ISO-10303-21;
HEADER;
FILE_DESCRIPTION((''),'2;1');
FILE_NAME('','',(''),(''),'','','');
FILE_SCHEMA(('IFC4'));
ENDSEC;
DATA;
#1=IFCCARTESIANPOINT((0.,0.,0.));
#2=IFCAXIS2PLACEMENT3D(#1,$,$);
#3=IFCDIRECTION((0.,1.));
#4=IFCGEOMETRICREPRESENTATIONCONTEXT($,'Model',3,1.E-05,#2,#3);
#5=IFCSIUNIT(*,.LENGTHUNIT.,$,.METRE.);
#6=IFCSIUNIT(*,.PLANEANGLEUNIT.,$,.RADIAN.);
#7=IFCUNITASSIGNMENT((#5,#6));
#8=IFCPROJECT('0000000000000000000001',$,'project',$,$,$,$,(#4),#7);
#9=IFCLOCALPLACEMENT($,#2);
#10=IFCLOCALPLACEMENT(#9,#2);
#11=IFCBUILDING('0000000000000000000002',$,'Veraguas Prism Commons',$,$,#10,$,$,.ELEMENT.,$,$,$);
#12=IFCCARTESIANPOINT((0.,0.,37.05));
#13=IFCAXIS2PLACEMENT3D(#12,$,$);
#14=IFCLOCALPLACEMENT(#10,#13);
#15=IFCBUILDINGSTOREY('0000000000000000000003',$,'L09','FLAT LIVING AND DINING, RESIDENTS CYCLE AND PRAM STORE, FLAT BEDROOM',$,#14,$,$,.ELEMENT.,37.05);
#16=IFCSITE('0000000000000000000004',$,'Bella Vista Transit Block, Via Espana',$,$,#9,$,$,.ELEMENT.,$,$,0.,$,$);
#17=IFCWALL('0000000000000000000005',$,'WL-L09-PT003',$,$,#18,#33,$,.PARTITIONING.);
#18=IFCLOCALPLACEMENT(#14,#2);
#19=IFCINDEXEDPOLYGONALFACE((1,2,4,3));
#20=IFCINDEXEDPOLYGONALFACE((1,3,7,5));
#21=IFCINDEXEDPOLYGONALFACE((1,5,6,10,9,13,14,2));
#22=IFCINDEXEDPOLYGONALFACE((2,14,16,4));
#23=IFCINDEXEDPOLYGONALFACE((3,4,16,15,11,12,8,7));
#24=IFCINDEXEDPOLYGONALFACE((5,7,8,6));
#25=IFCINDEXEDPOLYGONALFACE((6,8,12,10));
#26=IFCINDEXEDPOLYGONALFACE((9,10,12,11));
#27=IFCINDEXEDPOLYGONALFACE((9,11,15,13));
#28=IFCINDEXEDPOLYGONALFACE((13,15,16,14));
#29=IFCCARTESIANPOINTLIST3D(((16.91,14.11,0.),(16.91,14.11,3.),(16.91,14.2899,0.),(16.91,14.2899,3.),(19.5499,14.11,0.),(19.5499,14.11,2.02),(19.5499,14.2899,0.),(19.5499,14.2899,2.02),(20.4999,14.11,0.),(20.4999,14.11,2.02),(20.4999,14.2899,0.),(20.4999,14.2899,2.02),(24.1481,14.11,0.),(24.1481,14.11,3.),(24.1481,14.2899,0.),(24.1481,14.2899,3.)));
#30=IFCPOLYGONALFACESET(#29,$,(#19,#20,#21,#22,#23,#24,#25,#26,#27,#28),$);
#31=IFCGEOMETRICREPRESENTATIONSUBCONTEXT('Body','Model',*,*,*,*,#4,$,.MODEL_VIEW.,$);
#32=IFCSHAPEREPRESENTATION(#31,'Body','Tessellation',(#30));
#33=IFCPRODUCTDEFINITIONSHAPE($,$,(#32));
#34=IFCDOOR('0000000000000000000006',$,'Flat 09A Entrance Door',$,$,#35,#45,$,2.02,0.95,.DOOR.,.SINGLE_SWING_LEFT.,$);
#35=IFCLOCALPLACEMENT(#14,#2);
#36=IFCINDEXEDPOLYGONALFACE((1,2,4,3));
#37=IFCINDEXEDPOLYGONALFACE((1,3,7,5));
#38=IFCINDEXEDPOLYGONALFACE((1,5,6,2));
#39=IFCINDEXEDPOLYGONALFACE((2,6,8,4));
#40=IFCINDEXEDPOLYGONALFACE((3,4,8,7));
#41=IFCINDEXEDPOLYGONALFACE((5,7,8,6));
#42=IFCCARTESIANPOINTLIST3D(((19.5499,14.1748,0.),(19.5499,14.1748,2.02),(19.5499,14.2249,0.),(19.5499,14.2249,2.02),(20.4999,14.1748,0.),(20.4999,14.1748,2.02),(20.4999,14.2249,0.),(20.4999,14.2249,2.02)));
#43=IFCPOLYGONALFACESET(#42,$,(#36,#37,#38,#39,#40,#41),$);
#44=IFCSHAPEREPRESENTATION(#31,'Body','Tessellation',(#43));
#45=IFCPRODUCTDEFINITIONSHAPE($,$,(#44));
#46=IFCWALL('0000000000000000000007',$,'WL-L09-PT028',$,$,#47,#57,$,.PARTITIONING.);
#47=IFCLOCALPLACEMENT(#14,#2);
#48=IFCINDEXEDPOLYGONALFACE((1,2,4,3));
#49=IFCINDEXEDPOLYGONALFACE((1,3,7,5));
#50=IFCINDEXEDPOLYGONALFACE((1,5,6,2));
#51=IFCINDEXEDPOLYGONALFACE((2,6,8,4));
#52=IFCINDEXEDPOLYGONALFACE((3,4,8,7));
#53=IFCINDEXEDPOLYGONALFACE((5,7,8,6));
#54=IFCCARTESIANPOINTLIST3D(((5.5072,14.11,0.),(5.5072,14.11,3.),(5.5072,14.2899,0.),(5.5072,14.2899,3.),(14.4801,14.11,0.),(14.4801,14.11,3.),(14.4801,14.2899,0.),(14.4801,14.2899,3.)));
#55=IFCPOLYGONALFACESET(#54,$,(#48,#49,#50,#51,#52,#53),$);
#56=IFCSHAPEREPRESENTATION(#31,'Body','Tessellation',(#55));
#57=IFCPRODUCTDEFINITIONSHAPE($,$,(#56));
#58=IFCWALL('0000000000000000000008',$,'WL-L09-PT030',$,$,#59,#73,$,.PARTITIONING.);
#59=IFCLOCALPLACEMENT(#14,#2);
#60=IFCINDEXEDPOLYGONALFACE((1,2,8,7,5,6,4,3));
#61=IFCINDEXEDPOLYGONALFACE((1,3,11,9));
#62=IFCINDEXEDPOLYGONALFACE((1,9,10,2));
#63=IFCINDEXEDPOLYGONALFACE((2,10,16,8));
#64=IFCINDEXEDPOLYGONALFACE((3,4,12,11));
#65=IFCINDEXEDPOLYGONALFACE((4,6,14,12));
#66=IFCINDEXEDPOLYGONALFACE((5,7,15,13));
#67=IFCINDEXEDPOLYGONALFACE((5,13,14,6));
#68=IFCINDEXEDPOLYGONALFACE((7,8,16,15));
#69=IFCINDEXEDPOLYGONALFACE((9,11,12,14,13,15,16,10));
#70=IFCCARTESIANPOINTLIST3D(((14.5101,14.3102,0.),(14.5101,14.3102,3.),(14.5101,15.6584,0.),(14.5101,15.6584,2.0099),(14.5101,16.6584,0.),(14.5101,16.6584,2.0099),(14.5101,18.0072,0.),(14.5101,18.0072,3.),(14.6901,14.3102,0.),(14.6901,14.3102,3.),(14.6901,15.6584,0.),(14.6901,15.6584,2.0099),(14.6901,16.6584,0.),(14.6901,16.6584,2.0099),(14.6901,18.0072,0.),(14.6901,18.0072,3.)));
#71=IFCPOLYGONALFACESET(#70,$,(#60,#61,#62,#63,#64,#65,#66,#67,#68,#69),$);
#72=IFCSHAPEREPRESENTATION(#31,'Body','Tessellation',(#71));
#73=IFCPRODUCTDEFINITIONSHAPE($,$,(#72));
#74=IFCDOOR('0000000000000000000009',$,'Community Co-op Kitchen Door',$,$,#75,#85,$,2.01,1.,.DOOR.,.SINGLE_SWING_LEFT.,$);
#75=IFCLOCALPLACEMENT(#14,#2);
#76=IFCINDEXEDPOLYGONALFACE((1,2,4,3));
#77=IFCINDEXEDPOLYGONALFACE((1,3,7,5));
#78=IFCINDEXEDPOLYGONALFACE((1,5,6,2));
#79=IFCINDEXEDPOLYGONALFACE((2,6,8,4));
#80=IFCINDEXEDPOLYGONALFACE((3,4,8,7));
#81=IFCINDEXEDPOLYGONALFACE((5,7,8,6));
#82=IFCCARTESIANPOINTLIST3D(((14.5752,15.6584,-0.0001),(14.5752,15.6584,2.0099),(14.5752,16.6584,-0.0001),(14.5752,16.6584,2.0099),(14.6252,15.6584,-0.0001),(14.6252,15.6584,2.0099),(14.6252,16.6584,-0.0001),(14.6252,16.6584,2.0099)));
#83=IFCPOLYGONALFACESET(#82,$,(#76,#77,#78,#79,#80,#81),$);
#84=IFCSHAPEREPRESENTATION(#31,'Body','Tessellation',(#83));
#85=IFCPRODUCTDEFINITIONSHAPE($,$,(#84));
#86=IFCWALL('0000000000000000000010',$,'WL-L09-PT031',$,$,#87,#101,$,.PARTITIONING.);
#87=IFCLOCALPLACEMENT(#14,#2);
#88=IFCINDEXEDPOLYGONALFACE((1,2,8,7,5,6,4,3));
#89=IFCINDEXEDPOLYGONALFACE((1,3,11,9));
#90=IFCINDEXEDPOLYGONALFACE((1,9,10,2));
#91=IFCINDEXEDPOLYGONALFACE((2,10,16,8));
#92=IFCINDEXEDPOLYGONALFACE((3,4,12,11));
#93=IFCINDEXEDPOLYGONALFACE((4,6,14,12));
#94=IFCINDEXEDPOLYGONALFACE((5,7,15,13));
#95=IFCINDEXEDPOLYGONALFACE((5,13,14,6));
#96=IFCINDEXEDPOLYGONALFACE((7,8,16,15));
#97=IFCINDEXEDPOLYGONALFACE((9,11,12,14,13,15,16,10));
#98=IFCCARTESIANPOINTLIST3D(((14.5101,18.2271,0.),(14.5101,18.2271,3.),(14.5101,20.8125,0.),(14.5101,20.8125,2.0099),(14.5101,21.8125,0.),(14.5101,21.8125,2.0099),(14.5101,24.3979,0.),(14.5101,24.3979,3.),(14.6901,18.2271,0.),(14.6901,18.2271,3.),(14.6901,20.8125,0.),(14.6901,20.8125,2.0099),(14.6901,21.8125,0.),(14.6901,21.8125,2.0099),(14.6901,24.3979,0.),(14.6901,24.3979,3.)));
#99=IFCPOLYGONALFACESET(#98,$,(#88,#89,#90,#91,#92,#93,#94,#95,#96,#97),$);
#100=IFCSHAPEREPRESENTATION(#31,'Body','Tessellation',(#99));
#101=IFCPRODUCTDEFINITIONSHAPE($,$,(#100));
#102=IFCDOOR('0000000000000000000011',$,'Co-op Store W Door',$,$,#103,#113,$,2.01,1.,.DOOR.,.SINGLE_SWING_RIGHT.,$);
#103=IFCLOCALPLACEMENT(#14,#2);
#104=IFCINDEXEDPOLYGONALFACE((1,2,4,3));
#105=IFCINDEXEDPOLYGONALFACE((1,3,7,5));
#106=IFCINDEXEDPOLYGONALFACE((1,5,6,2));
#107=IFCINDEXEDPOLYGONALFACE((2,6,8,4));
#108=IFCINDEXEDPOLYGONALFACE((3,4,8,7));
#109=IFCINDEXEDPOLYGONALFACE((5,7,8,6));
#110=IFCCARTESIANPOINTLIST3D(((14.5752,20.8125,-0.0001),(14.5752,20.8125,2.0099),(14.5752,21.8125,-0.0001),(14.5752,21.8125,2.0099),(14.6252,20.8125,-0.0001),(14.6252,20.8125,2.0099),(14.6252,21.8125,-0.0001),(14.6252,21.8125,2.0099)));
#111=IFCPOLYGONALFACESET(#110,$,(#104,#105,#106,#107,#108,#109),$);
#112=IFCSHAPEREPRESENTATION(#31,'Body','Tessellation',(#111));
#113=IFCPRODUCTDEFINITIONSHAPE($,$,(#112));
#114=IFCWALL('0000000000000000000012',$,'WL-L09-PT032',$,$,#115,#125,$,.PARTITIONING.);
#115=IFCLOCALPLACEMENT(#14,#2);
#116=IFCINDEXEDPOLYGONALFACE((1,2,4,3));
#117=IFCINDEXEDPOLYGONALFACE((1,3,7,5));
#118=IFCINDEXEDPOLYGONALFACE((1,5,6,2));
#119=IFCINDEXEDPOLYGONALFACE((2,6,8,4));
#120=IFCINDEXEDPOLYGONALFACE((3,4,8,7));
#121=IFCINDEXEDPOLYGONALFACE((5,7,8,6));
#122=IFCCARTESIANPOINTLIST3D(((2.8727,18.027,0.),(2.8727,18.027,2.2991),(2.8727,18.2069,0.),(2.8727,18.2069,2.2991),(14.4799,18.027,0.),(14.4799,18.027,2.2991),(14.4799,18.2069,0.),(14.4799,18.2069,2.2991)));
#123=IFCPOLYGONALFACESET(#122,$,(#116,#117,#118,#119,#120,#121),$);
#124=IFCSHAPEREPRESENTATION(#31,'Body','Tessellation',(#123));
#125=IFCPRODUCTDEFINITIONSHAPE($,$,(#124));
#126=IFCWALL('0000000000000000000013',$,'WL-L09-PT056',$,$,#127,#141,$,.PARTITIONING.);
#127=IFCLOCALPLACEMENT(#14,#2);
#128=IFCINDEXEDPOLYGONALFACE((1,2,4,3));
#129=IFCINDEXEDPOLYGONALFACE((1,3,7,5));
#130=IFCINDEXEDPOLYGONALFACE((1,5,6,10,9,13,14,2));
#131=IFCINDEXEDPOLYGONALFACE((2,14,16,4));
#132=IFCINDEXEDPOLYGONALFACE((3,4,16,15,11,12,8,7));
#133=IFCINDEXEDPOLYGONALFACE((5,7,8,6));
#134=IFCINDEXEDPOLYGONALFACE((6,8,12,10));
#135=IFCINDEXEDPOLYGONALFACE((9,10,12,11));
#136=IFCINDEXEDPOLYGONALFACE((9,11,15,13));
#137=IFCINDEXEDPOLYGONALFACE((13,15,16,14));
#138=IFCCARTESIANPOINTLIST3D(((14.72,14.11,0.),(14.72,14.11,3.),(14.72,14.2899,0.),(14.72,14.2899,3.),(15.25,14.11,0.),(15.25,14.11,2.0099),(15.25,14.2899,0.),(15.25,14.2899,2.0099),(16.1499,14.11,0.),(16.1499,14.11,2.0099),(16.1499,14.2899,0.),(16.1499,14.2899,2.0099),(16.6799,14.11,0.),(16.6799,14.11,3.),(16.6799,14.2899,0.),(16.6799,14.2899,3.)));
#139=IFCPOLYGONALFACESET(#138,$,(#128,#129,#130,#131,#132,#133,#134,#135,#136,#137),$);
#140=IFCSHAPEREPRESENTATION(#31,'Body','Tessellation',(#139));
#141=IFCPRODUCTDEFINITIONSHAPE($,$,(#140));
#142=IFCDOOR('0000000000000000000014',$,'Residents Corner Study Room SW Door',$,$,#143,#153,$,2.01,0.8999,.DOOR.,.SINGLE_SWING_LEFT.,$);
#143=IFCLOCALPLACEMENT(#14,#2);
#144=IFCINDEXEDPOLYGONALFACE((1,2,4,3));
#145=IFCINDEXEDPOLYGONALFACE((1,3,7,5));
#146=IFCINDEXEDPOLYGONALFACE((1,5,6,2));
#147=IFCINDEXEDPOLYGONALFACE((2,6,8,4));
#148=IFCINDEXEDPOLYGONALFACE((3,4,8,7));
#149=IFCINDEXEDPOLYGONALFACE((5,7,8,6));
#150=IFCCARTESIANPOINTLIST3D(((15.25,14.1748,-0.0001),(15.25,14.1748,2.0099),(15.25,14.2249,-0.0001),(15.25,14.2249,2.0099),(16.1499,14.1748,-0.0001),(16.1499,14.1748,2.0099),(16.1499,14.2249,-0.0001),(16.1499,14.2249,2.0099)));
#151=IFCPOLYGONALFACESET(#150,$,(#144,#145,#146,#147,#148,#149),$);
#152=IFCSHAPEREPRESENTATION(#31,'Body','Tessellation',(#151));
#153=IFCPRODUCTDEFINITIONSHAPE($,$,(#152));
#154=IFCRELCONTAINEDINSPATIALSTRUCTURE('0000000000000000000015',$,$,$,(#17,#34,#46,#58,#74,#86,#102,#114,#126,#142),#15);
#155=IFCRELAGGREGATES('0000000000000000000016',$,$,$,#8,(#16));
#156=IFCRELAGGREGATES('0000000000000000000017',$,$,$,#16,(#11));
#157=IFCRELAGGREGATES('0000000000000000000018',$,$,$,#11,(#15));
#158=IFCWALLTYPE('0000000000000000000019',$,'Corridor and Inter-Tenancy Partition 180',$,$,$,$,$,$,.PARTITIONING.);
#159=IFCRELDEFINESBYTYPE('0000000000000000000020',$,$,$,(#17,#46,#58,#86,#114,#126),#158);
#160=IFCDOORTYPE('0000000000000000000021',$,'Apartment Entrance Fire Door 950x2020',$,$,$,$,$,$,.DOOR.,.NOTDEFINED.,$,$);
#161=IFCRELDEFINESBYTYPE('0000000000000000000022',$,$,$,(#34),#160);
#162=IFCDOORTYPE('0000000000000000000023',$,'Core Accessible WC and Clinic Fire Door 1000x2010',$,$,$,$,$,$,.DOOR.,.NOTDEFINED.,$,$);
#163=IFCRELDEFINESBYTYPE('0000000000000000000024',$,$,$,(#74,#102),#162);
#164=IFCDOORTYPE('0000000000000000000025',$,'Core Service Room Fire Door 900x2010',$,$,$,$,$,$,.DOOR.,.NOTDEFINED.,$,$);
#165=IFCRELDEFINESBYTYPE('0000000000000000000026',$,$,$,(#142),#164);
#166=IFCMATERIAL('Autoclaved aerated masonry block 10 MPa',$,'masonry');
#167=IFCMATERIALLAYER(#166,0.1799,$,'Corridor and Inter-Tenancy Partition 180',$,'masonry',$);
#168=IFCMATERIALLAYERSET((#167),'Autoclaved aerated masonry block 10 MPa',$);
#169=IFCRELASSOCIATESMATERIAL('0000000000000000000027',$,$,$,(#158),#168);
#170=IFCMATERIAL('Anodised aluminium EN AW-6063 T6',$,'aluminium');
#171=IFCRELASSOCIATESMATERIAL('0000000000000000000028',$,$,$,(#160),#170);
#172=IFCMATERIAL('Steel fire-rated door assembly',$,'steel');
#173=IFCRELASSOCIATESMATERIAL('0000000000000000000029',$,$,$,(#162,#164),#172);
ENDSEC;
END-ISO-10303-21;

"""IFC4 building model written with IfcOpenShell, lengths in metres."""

from ifc_helpers import new_model, si_unit, direction, frame, frame_2d, origin, place, context, subcontext, project, spatial, rectangle, extrude, source, transform, mapped, material, layer, layer_set, type_object, element, fill, save


model = new_model("IFC4")

# Units and contexts
model_context = context("Model", 3, precision=1e-05, world=origin(), true_north=direction((0.0, 1.0)))
body_context = subcontext(model_context, "Body", "Model", "MODEL_VIEW")
ifc_project = project(units=[si_unit("LENGTHUNIT", "METRE"), si_unit("PLANEANGLEUNIT", "RADIAN")], contexts=[model_context])

# Site, building, storey
site_placement = place(None, origin())
site = spatial("IfcSite", under=ifc_project, at=site_placement, Name="Bella Vista Transit Block, Via Espana", CompositionType="ELEMENT", RefElevation=0.0)
building_placement = place(site_placement, origin())
building = spatial("IfcBuilding", under=site, at=building_placement, Name="Veraguas Prism Commons", CompositionType="ELEMENT")
storey_placement = place(building_placement, frame((0.0, 0.0, 37.05)))
storey = spatial("IfcBuildingStorey", under=building, at=storey_placement, Name="L09", Description="FLAT LIVING AND DINING, RESIDENTS CYCLE AND PRAM STORE, FLAT BEDROOM", CompositionType="ELEMENT", Elevation=37.05)

# Shared definitions
ifc_material_1 = material(Name="Steel fire-rated door assembly", Category="steel")

# Wall, opening, door
ifc_material_2 = material(Name="Autoclaved aerated masonry block 10 MPa", Category="masonry")
ifc_layer_1 = layer(ifc_material_2, 0.1799, Name="Corridor and Inter-Tenancy Partition 180", Category="masonry")
ifc_layer_set_1 = layer_set([ifc_layer_1], Name="Autoclaved aerated masonry block 10 MPa")
wall_type_1 = type_object("IfcWallType", Name="Corridor and Inter-Tenancy Partition 180", PredefinedType="PARTITIONING", material=ifc_layer_set_1)
wall_1_placement = place(storey_placement, frame((16.9099, 14.2, 0.0), z_axis=(0.0, 0.0, 1.0), x_axis=(1.0, 0.0, 0.0)))
wall_1 = element("IfcWall", 1, at=wall_1_placement, inside=storey, type_object=wall_type_1, Name="WL-L09-PT003", PredefinedType="PARTITIONING", context=body_context, shape_type="SweptSolid", body=[
    extrude(rectangle(XDim=7.238, YDim=0.1799, at=frame_2d((3.6191, 0.0))), origin(), (0.0, 0.0, 1.0), 3.0),
])
opening_1_placement = place(wall_1_placement, frame((2.6399, 0.0, 0.0)))
opening_1 = element("IfcOpeningElement", 2, at=opening_1_placement, cuts=wall_1, PredefinedType="OPENING", context=body_context, shape_type="SweptSolid", body=[
    extrude(rectangle(XDim=0.95, YDim=2.02, at=frame_2d((0.4751, 1.01))), frame((0.0, 0.0999, 0.0), z_axis=(0.0, -1.0, 0.0), x_axis=(1.0, 0.0, 0.0)), (0.0, 0.0, 1.0), 0.2),
])
ifc_material_3 = material(Name="Anodised aluminium EN AW-6063 T6", Category="aluminium")
door_type_1 = type_object("IfcDoorType", Name="Apartment Entrance Fire Door 950x2020", OperationType="NOTDEFINED", PredefinedType="DOOR", material=ifc_material_3)
shared_shape_1 = source(origin(), body_context, "Body", "SweptSolid", [
    extrude(rectangle(XDim=0.95, YDim=2.02, at=frame_2d((0.4751, 1.01))), frame((0.0, 0.0249, 0.0), z_axis=(0.0, -1.0, 0.0), x_axis=(1.0, 0.0, 0.0)), (0.0, 0.0, 1.0), 0.05),
])
door_1_placement = place(opening_1_placement, origin())
door_1 = element("IfcDoor", 3, at=door_1_placement, inside=storey, type_object=door_type_1, Name="Flat 09A Entrance Door", OperationType="SINGLE_SWING_LEFT", OverallHeight=2.02, OverallWidth=0.95, PredefinedType="DOOR", context=body_context, shape_type="MappedRepresentation", body=[
    mapped(shared_shape_1, transform((0.0, 0.0, 0.0), scale=1.0)),
])
fill(opening_1, door_1)

# Wall
wall_2_placement = place(storey_placement, frame((14.48, 14.2, 0.0), z_axis=(0.0, 0.0, 1.0), x_axis=(-1.0, 0.0, 0.0)))
element("IfcWall", 4, at=wall_2_placement, inside=storey, type_object=wall_type_1, Name="WL-L09-PT028", PredefinedType="PARTITIONING", context=body_context, shape_type="SweptSolid", body=[
    extrude(rectangle(XDim=8.9729, YDim=0.1799, at=frame_2d((4.4863, 0.0))), origin(), (0.0, 0.0, 1.0), 3.0),
])

# Walls, openings, doors
wall_3_placement = place(storey_placement, frame((14.6001, 14.3101, 0.0), z_axis=(0.0, 0.0, 1.0), x_axis=(0.0, 1.0, 0.0)))
wall_3 = element("IfcWall", 5, at=wall_3_placement, inside=storey, type_object=wall_type_1, Name="WL-L09-PT030", PredefinedType="PARTITIONING", context=body_context, shape_type="SweptSolid", body=[
    extrude(rectangle(XDim=3.697, YDim=0.1799, at=frame_2d((1.8486, 0.0))), origin(), (0.0, 0.0, 1.0), 3.0),
])
opening_2_placement = place(wall_3_placement, frame((1.3484, 0.0, 0.0)))
opening_2 = element("IfcOpeningElement", 6, at=opening_2_placement, cuts=wall_3, PredefinedType="OPENING", context=body_context, shape_type="SweptSolid", body=[
    extrude(rectangle(XDim=1.0, YDim=2.01, at=frame_2d((0.5, 1.0049))), frame((0.0, 0.0999, 0.0), z_axis=(0.0, -1.0, 0.0), x_axis=(1.0, 0.0, 0.0)), (0.0, 0.0, 1.0), 0.2),
])
door_type_2 = type_object("IfcDoorType", Name="Core Accessible WC and Clinic Fire Door 1000x2010", OperationType="NOTDEFINED", PredefinedType="DOOR", material=ifc_material_1)
shared_shape_2 = source(origin(), body_context, "Body", "SweptSolid", [
    extrude(rectangle(XDim=1.0, YDim=2.01, at=frame_2d((0.5, 1.0049))), frame((0.0, 0.0249, 0.0), z_axis=(0.0, -1.0, 0.0), x_axis=(1.0, 0.0, 0.0)), (0.0, 0.0, 1.0), 0.05),
])
door_2_placement = place(opening_2_placement, origin())
door_2 = element("IfcDoor", 7, at=door_2_placement, inside=storey, type_object=door_type_2, Name="Community Co-op Kitchen Door", OperationType="SINGLE_SWING_LEFT", OverallHeight=2.01, OverallWidth=1.0, PredefinedType="DOOR", context=body_context, shape_type="MappedRepresentation", body=[
    mapped(shared_shape_2, transform((0.0, 0.0, 0.0), scale=1.0)),
])
fill(opening_2, door_2)
wall_4_placement = place(storey_placement, frame((14.6001, 18.2271, 0.0), z_axis=(0.0, 0.0, 1.0), x_axis=(0.0, 1.0, 0.0)))
wall_4 = element("IfcWall", 8, at=wall_4_placement, inside=storey, type_object=wall_type_1, Name="WL-L09-PT031", PredefinedType="PARTITIONING", context=body_context, shape_type="SweptSolid", body=[
    extrude(rectangle(XDim=6.1709, YDim=0.1799, at=frame_2d((3.0854, 0.0))), origin(), (0.0, 0.0, 1.0), 3.0),
])
opening_3_placement = place(wall_4_placement, frame((2.5854, 0.0, 0.0)))
opening_3 = element("IfcOpeningElement", 9, at=opening_3_placement, cuts=wall_4, PredefinedType="OPENING", context=body_context, shape_type="SweptSolid", body=[
    extrude(rectangle(XDim=1.0, YDim=2.01, at=frame_2d((0.5, 1.0049))), frame((0.0, 0.0999, 0.0), z_axis=(0.0, -1.0, 0.0), x_axis=(1.0, 0.0, 0.0)), (0.0, 0.0, 1.0), 0.2),
])
door_3_placement = place(opening_3_placement, origin())
door_3 = element("IfcDoor", 10, at=door_3_placement, inside=storey, type_object=door_type_2, Name="Co-op Store W Door", OperationType="SINGLE_SWING_RIGHT", OverallHeight=2.01, OverallWidth=1.0, PredefinedType="DOOR", context=body_context, shape_type="MappedRepresentation", body=[
    mapped(shared_shape_2, transform((0.0, 0.0, 0.0), scale=1.0)),
])
fill(opening_3, door_3)

# Wall
wall_5_placement = place(storey_placement, frame((14.48, 18.1169, 0.0), z_axis=(0.0, 0.0, 1.0), x_axis=(-1.0, 0.0, 0.0)))
element("IfcWall", 11, at=wall_5_placement, inside=storey, type_object=wall_type_1, Name="WL-L09-PT032", PredefinedType="PARTITIONING", context=body_context, shape_type="SweptSolid", body=[
    extrude(rectangle(XDim=11.6072, YDim=0.1799, at=frame_2d((5.8037, 0.0))), origin(), (0.0, 0.0, 1.0), 2.2991),
])

# Wall, opening, door
wall_6_placement = place(storey_placement, frame((14.72, 14.2, 0.0), z_axis=(0.0, 0.0, 1.0), x_axis=(1.0, 0.0, 0.0)))
wall_6 = element("IfcWall", 12, at=wall_6_placement, inside=storey, type_object=wall_type_1, Name="WL-L09-PT056", PredefinedType="PARTITIONING", context=body_context, shape_type="SweptSolid", body=[
    extrude(rectangle(XDim=1.96, YDim=0.1799, at=frame_2d((0.98, 0.0))), origin(), (0.0, 0.0, 1.0), 3.0),
])
opening_4_placement = place(wall_6_placement, frame((0.53, 0.0, 0.0)))
opening_4 = element("IfcOpeningElement", 13, at=opening_4_placement, cuts=wall_6, PredefinedType="OPENING", context=body_context, shape_type="SweptSolid", body=[
    extrude(rectangle(XDim=0.8999, YDim=2.01, at=frame_2d((0.45, 1.0049))), frame((0.0, 0.0999, 0.0), z_axis=(0.0, -1.0, 0.0), x_axis=(1.0, 0.0, 0.0)), (0.0, 0.0, 1.0), 0.2),
])
door_type_3 = type_object("IfcDoorType", Name="Core Service Room Fire Door 900x2010", OperationType="NOTDEFINED", PredefinedType="DOOR", material=ifc_material_1)
shared_shape_3 = source(origin(), body_context, "Body", "SweptSolid", [
    extrude(rectangle(XDim=0.8999, YDim=2.01, at=frame_2d((0.45, 1.0049))), frame((0.0, 0.0249, 0.0), z_axis=(0.0, -1.0, 0.0), x_axis=(1.0, 0.0, 0.0)), (0.0, 0.0, 1.0), 0.05),
])
door_4_placement = place(opening_4_placement, origin())
door_4 = element("IfcDoor", 14, at=door_4_placement, inside=storey, type_object=door_type_3, Name="Residents Corner Study Room SW Door", OperationType="SINGLE_SWING_LEFT", OverallHeight=2.01, OverallWidth=0.8999, PredefinedType="DOOR", context=body_context, shape_type="MappedRepresentation", body=[
    mapped(shared_shape_3, transform((0.0, 0.0, 0.0), scale=1.0)),
])
fill(opening_4, door_4)

save(model, "model.ifc")
